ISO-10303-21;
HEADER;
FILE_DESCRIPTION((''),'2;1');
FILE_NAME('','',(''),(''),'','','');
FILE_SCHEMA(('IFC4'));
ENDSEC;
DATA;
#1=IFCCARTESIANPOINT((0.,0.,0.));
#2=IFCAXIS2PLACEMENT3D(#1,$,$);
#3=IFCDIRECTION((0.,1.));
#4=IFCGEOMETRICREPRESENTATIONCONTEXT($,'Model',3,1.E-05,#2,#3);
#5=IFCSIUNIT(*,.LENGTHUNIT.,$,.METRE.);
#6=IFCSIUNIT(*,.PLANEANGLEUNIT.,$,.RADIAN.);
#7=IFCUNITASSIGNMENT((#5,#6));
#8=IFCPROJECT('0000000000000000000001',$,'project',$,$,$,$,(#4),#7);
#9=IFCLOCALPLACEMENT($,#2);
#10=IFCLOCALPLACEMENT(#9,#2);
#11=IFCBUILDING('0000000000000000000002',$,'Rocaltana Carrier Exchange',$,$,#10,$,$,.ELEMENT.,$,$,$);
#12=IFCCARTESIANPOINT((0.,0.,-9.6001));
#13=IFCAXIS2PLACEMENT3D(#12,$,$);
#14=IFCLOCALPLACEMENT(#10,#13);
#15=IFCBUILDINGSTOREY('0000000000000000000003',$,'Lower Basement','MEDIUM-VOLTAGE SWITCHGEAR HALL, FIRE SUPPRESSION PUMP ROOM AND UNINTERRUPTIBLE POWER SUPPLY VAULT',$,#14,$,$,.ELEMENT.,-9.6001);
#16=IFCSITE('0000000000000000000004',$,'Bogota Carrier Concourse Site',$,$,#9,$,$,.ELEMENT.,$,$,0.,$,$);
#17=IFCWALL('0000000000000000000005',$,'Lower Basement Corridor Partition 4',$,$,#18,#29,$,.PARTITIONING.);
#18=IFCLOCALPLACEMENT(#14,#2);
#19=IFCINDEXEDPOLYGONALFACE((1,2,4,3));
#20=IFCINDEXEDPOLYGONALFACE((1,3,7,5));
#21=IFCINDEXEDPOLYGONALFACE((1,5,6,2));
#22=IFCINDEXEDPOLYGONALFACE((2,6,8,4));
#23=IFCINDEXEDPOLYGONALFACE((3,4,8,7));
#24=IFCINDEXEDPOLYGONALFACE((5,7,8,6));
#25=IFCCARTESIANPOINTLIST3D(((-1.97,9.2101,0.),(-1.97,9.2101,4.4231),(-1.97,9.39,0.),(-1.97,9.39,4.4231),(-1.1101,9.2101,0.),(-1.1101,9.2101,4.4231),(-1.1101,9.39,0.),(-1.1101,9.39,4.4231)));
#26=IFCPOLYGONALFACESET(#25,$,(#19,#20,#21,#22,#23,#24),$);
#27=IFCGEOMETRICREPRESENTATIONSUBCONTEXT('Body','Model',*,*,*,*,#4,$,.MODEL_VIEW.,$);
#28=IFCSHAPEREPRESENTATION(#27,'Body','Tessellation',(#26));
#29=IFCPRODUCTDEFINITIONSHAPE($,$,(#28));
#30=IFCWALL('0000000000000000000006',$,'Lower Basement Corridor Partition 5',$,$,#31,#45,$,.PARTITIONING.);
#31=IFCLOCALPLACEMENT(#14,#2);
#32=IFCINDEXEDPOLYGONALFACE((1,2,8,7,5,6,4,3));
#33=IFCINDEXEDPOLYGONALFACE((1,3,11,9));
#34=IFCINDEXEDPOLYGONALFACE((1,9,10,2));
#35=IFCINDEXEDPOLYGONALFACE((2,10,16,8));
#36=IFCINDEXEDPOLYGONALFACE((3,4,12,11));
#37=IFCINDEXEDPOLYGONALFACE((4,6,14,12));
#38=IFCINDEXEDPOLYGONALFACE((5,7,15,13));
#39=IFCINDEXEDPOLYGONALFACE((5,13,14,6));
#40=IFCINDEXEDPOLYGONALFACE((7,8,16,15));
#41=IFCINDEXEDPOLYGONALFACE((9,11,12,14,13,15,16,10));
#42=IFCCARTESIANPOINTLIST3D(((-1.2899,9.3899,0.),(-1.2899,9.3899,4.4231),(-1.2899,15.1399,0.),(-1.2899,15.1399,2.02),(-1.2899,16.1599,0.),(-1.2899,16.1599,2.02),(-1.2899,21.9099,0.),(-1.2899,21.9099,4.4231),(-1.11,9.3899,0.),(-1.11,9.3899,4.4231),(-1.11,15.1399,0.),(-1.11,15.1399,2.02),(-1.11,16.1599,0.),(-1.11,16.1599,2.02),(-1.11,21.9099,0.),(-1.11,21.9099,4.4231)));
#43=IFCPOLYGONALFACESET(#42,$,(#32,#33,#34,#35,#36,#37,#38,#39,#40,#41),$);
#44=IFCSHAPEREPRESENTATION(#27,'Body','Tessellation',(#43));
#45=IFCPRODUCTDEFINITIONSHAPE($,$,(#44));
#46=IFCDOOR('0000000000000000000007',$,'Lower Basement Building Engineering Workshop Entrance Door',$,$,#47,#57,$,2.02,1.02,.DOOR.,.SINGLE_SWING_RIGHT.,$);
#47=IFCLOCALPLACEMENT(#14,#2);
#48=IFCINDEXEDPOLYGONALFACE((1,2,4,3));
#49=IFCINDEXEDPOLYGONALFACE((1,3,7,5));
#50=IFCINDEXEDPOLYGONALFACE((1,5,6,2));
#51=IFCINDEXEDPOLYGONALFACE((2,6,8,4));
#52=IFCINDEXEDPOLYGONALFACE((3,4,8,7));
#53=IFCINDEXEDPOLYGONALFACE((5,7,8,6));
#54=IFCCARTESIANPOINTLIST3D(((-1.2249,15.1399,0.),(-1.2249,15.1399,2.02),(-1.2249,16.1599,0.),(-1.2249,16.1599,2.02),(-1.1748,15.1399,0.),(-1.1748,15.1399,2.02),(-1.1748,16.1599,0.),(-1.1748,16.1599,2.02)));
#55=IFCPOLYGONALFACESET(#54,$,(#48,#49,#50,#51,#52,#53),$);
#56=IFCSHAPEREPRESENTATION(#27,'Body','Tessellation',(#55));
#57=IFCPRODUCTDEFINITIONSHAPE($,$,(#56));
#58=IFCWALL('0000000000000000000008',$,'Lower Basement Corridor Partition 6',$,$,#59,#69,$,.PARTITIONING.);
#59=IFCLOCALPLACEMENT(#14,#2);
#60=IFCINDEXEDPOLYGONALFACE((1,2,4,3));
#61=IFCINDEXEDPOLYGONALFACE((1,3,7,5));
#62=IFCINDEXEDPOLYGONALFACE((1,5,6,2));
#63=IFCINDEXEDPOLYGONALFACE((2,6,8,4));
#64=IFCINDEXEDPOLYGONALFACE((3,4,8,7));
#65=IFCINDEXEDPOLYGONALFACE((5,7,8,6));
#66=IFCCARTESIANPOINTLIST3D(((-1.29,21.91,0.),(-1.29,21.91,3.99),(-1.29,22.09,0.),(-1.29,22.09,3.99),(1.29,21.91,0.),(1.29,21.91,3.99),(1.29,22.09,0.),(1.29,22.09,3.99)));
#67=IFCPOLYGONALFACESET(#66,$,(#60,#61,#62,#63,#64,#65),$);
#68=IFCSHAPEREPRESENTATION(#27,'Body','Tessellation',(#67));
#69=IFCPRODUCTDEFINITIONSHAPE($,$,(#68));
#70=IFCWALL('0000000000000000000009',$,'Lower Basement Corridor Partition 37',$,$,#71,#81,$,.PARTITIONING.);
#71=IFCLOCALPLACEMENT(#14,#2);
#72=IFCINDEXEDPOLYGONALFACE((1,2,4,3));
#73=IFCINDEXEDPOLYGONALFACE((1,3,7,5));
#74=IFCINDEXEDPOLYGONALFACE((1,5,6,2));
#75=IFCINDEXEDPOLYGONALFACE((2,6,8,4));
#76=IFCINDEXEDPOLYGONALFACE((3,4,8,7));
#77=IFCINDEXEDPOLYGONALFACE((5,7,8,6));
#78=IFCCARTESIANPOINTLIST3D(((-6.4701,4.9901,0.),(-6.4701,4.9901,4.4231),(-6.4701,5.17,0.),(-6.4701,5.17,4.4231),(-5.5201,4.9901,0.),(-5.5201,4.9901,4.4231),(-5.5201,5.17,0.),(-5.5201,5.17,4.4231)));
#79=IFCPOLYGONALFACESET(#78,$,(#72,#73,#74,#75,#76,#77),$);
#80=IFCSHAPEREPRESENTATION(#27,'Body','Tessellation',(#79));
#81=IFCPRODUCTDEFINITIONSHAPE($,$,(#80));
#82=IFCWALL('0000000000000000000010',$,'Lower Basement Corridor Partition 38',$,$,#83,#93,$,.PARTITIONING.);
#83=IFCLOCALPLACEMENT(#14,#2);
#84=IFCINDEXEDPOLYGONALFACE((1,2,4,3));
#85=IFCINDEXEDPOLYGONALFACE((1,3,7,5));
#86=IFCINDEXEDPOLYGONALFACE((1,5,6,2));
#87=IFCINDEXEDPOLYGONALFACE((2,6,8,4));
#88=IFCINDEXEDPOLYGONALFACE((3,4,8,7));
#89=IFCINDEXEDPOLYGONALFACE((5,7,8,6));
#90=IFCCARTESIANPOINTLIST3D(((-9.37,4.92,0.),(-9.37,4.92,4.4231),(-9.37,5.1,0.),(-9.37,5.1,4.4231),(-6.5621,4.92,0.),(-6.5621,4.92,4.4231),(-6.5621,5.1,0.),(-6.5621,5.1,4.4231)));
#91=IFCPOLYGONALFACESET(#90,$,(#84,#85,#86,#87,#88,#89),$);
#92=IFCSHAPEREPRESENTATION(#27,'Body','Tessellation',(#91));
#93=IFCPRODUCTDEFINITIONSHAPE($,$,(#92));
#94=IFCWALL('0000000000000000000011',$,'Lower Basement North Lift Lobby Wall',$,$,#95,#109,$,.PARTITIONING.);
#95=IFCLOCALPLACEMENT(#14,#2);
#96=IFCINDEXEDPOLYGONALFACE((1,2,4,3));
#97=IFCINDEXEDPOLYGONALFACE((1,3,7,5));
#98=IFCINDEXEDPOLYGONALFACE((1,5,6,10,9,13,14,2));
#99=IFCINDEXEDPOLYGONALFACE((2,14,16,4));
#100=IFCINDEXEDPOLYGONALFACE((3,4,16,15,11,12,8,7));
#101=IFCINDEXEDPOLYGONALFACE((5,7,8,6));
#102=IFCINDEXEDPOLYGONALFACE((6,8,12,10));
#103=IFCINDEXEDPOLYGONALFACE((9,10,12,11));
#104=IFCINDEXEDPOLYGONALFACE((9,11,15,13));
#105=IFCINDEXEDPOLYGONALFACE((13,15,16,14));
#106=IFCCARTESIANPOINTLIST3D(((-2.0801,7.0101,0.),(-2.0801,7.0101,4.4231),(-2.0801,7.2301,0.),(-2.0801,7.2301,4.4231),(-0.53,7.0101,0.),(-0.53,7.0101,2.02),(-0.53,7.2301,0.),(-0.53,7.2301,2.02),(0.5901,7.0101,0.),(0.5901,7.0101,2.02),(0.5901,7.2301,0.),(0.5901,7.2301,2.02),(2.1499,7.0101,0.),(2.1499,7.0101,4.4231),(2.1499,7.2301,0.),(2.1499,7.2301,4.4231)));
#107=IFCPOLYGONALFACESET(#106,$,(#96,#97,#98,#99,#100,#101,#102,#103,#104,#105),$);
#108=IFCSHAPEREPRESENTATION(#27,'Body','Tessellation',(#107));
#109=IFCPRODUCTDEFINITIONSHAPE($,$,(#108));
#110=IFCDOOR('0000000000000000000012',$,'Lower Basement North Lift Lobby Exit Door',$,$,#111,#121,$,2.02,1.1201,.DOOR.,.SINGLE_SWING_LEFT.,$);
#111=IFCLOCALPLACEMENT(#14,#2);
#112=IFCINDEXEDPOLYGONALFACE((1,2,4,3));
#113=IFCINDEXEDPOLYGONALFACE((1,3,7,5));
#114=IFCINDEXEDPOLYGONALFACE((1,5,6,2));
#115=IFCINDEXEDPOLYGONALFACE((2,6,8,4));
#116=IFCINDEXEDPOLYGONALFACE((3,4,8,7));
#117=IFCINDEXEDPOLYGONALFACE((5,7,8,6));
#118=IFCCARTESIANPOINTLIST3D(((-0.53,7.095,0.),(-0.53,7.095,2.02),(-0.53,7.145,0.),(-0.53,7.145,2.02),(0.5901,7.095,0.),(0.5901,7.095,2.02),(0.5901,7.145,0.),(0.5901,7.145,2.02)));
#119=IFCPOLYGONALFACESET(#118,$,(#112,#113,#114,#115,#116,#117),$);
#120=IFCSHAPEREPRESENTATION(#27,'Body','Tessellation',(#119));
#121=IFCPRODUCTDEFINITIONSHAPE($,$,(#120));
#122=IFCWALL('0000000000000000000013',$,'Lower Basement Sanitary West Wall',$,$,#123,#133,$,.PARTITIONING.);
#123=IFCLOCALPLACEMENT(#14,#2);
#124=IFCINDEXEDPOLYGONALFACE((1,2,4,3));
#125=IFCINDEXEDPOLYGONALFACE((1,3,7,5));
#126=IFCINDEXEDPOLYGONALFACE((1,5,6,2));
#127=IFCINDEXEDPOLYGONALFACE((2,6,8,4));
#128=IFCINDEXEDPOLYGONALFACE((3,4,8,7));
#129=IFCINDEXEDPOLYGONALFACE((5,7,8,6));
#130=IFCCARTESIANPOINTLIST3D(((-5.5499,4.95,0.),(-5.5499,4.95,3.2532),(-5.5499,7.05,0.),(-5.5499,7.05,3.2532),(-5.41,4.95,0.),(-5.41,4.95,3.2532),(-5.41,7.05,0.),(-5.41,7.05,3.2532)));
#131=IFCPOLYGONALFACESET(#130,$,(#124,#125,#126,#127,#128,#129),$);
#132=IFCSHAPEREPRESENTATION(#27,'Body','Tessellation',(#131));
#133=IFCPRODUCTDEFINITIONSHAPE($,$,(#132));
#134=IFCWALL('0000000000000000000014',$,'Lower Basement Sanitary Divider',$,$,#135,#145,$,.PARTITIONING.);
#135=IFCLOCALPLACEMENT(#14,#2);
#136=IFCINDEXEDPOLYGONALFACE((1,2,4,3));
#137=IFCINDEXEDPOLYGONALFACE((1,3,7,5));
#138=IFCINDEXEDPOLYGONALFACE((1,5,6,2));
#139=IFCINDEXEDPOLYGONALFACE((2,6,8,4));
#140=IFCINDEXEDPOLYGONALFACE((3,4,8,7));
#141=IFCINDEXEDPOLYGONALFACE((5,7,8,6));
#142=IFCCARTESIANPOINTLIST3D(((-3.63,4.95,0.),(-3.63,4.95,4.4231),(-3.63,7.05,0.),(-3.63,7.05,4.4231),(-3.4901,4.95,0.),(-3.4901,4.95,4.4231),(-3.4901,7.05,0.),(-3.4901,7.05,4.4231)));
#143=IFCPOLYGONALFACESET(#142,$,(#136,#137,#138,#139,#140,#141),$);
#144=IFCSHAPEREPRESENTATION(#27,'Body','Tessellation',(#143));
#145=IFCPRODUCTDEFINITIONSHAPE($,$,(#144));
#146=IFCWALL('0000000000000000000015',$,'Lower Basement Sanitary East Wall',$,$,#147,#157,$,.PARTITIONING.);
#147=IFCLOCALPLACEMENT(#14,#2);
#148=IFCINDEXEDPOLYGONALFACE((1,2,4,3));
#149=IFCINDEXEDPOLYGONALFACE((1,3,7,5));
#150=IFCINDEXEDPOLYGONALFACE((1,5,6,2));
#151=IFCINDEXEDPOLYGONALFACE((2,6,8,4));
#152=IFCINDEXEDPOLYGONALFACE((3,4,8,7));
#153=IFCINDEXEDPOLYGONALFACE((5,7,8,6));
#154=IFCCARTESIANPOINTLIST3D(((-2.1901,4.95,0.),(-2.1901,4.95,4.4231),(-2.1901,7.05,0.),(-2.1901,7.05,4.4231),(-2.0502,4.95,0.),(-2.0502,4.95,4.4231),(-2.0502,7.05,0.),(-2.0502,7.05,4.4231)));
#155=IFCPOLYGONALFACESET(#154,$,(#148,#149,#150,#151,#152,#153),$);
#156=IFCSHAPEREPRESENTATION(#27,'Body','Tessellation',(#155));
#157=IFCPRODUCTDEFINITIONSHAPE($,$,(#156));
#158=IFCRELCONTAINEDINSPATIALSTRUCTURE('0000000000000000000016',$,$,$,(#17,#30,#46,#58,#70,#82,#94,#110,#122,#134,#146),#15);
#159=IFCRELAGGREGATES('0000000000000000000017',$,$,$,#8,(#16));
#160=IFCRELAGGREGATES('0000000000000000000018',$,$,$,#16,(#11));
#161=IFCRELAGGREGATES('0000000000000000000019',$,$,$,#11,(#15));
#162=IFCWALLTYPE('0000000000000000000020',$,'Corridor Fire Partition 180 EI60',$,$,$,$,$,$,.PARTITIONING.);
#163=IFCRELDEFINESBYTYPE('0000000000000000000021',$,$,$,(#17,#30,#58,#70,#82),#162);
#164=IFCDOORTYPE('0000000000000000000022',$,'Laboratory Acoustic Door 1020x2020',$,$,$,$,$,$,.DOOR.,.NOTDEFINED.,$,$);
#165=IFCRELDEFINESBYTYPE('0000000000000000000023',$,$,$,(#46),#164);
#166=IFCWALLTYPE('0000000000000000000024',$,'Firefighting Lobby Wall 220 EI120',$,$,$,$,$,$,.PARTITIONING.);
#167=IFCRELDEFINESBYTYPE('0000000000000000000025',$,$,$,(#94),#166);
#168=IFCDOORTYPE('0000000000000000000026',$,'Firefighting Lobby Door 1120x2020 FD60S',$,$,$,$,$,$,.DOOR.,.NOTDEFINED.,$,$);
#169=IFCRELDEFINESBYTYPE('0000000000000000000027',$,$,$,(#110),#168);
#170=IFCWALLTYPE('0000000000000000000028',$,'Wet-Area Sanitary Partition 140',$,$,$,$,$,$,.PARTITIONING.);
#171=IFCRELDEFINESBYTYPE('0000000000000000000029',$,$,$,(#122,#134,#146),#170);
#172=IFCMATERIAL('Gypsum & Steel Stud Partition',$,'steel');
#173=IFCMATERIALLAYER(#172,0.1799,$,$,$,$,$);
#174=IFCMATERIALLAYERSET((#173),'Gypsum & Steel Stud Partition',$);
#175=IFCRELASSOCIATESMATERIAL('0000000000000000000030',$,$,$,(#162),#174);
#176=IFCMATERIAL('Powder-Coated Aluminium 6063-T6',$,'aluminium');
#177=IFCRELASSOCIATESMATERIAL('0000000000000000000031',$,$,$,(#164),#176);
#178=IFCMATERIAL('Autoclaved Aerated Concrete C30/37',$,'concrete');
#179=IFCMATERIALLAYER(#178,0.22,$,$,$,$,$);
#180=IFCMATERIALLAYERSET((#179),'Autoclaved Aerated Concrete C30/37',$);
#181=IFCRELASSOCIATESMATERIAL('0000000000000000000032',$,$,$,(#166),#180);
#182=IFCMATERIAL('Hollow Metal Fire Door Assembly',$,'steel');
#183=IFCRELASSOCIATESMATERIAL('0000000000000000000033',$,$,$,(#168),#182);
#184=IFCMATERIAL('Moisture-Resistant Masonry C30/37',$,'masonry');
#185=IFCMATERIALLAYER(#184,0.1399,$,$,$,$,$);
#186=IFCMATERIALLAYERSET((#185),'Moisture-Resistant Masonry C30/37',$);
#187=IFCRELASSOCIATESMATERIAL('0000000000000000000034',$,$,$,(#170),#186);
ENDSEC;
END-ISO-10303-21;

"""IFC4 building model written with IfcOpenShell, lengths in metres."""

from ifc_helpers import new_model, si_unit, direction, frame, frame_2d, origin, place, context, subcontext, project, spatial, rectangle, extrude, material, layer, layer_set, type_object, element, fill, save


model = new_model("IFC4")

# Units and contexts
model_context = context("Model", 3, precision=1e-05, world=origin(), true_north=direction((0.0, 1.0)))
body_context = subcontext(model_context, "Body", "Model", "MODEL_VIEW")
ifc_project = project(units=[si_unit("LENGTHUNIT", "METRE"), si_unit("PLANEANGLEUNIT", "RADIAN")], contexts=[model_context])

# Site, building, storey
site_placement = place(None, origin())
site = spatial("IfcSite", under=ifc_project, at=site_placement, Name="Bogota Carrier Concourse Site", CompositionType="ELEMENT", RefElevation=0.0)
building_placement = place(site_placement, origin())
building = spatial("IfcBuilding", under=site, at=building_placement, Name="Rocaltana Carrier Exchange", CompositionType="ELEMENT")
storey_placement = place(building_placement, frame((0.0, 0.0, -9.6001)))
storey = spatial("IfcBuildingStorey", under=building, at=storey_placement, Name="Lower Basement", Description="MEDIUM-VOLTAGE SWITCHGEAR HALL, FIRE SUPPRESSION PUMP ROOM AND UNINTERRUPTIBLE POWER SUPPLY VAULT", CompositionType="ELEMENT", Elevation=-9.6001)

# Wall
ifc_material_1 = material(Name="Gypsum & Steel Stud Partition", Category="steel")
ifc_layer_1 = layer(ifc_material_1, 0.1799)
ifc_layer_set_1 = layer_set([ifc_layer_1], Name="Gypsum & Steel Stud Partition")
wall_type_1 = type_object("IfcWallType", Name="Corridor Fire Partition 180 EI60", PredefinedType="PARTITIONING", material=ifc_layer_set_1)
wall_1_placement = place(storey_placement, frame((-1.97, 9.3, 0.0), z_axis=(0.0, 0.0, 1.0), x_axis=(1.0, 0.0, 0.0)))
element("IfcWall", 1, at=wall_1_placement, inside=storey, type_object=wall_type_1, Name="Lower Basement Corridor Partition 4", PredefinedType="PARTITIONING", context=body_context, shape_type="SweptSolid", body=[
    extrude(rectangle(XDim=0.8599, YDim=0.1799, at=frame_2d((0.4299, 0.0))), origin(), (0.0, 0.0, 1.0), 4.4231),
])

# Wall, opening, door
wall_2_placement = place(storey_placement, frame((-1.2, 9.3899, 0.0), z_axis=(0.0, 0.0, 1.0), x_axis=(0.0, 1.0, 0.0)))
wall_2 = element("IfcWall", 2, at=wall_2_placement, inside=storey, type_object=wall_type_1, Name="Lower Basement Corridor Partition 5", PredefinedType="PARTITIONING", context=body_context, shape_type="SweptSolid", body=[
    extrude(rectangle(XDim=12.52, YDim=0.1799, at=frame_2d((6.26, 0.0))), origin(), (0.0, 0.0, 1.0), 4.4231),
])
opening_1_placement = place(wall_2_placement, frame((5.75, 0.0, 0.0)))
opening_1 = element("IfcOpeningElement", 3, at=opening_1_placement, cuts=wall_2, PredefinedType="OPENING", context=body_context, shape_type="SweptSolid", body=[
    extrude(rectangle(XDim=1.02, YDim=2.02, at=frame_2d((0.51, 1.01))), frame((0.0, 0.0999, 0.0), z_axis=(0.0, -1.0, 0.0), x_axis=(1.0, 0.0, 0.0)), (0.0, 0.0, 1.0), 0.2),
])
ifc_material_2 = material(Name="Powder-Coated Aluminium 6063-T6", Category="aluminium")
door_type_1 = type_object("IfcDoorType", Name="Laboratory Acoustic Door 1020x2020", OperationType="NOTDEFINED", PredefinedType="DOOR", material=ifc_material_2)
door_1_placement = place(opening_1_placement, origin())
door_1 = element("IfcDoor", 4, at=door_1_placement, inside=storey, type_object=door_type_1, Name="Lower Basement Building Engineering Workshop Entrance Door", OperationType="SINGLE_SWING_RIGHT", OverallHeight=2.02, OverallWidth=1.02, PredefinedType="DOOR", context=body_context, shape_type="SweptSolid", body=[
    extrude(rectangle(XDim=1.02, YDim=2.02, at=frame_2d((0.51, 1.01))), frame((0.0, 0.0249, 0.0), z_axis=(0.0, -1.0, 0.0), x_axis=(1.0, 0.0, 0.0)), (0.0, 0.0, 1.0), 0.05),
])
fill(opening_1, door_1)

# Walls
wall_3_placement = place(storey_placement, frame((-1.29, 22.0, 0.0), z_axis=(0.0, 0.0, 1.0), x_axis=(1.0, 0.0, 0.0)))
element("IfcWall", 5, at=wall_3_placement, inside=storey, type_object=wall_type_1, Name="Lower Basement Corridor Partition 6", PredefinedType="PARTITIONING", context=body_context, shape_type="SweptSolid", body=[
    extrude(rectangle(XDim=2.5801, YDim=0.1799, at=frame_2d((1.29, 0.0))), origin(), (0.0, 0.0, 1.0), 3.99),
])
wall_4_placement = place(storey_placement, frame((-5.52, 5.0801, 0.0), z_axis=(0.0, 0.0, 1.0), x_axis=(-1.0, 0.0, 0.0)))
element("IfcWall", 6, at=wall_4_placement, inside=storey, type_object=wall_type_1, Name="Lower Basement Corridor Partition 37", PredefinedType="PARTITIONING", context=body_context, shape_type="SweptSolid", body=[
    extrude(rectangle(XDim=0.95, YDim=0.1799, at=frame_2d((0.4751, 0.0))), origin(), (0.0, 0.0, 1.0), 4.4231),
])
wall_5_placement = place(storey_placement, frame((-6.5623, 5.01, 0.0), z_axis=(0.0, 0.0, 1.0), x_axis=(-1.0, 0.0, 0.0)))
element("IfcWall", 7, at=wall_5_placement, inside=storey, type_object=wall_type_1, Name="Lower Basement Corridor Partition 38", PredefinedType="PARTITIONING", context=body_context, shape_type="SweptSolid", body=[
    extrude(rectangle(XDim=2.8079, YDim=0.1799, at=frame_2d((1.4038, 0.0))), origin(), (0.0, 0.0, 1.0), 4.4231),
])

# Wall, opening, door
ifc_material_3 = material(Name="Autoclaved Aerated Concrete C30/37", Category="concrete")
ifc_layer_2 = layer(ifc_material_3, 0.22)
ifc_layer_set_2 = layer_set([ifc_layer_2], Name="Autoclaved Aerated Concrete C30/37")
wall_type_2 = type_object("IfcWallType", Name="Firefighting Lobby Wall 220 EI120", PredefinedType="PARTITIONING", material=ifc_layer_set_2)
wall_6_placement = place(storey_placement, frame((-2.0801, 7.1201, 0.0), z_axis=(0.0, 0.0, 1.0), x_axis=(1.0, 0.0, 0.0)))
wall_6 = element("IfcWall", 8, at=wall_6_placement, inside=storey, type_object=wall_type_2, Name="Lower Basement North Lift Lobby Wall", PredefinedType="PARTITIONING", context=body_context, shape_type="SweptSolid", body=[
    extrude(rectangle(XDim=4.23, YDim=0.22, at=frame_2d((2.115, 0.0))), origin(), (0.0, 0.0, 1.0), 4.4231),
])
opening_2_placement = place(wall_6_placement, frame((1.55, 0.0, 0.0)))
opening_2 = element("IfcOpeningElement", 9, at=opening_2_placement, cuts=wall_6, PredefinedType="OPENING", context=body_context, shape_type="SweptSolid", body=[
    extrude(rectangle(XDim=1.1201, YDim=2.02, at=frame_2d((0.5601, 1.01))), frame((0.0, 0.1199, 0.0), z_axis=(0.0, -1.0, 0.0), x_axis=(1.0, 0.0, 0.0)), (0.0, 0.0, 1.0), 0.24),
])
ifc_material_4 = material(Name="Hollow Metal Fire Door Assembly", Category="steel")
door_type_2 = type_object("IfcDoorType", Name="Firefighting Lobby Door 1120x2020 FD60S", OperationType="NOTDEFINED", PredefinedType="DOOR", material=ifc_material_4)
door_2_placement = place(opening_2_placement, origin())
door_2 = element("IfcDoor", 10, at=door_2_placement, inside=storey, type_object=door_type_2, Name="Lower Basement North Lift Lobby Exit Door", OperationType="SINGLE_SWING_LEFT", OverallHeight=2.02, OverallWidth=1.1201, PredefinedType="DOOR", context=body_context, shape_type="SweptSolid", body=[
    extrude(rectangle(XDim=1.1201, YDim=2.02, at=frame_2d((0.5601, 1.01))), frame((0.0, 0.0249, 0.0), z_axis=(0.0, -1.0, 0.0), x_axis=(1.0, 0.0, 0.0)), (0.0, 0.0, 1.0), 0.05),
])
fill(opening_2, door_2)

# Walls
ifc_material_5 = material(Name="Moisture-Resistant Masonry C30/37", Category="masonry")
ifc_layer_3 = layer(ifc_material_5, 0.1399)
ifc_layer_set_3 = layer_set([ifc_layer_3], Name="Moisture-Resistant Masonry C30/37")
wall_type_3 = type_object("IfcWallType", Name="Wet-Area Sanitary Partition 140", PredefinedType="PARTITIONING", material=ifc_layer_set_3)
wall_7_placement = place(storey_placement, frame((-5.48, 4.95, 0.0), z_axis=(0.0, 0.0, 1.0), x_axis=(0.0, 1.0, 0.0)))
element("IfcWall", 11, at=wall_7_placement, inside=storey, type_object=wall_type_3, Name="Lower Basement Sanitary West Wall", PredefinedType="PARTITIONING", context=body_context, shape_type="SweptSolid", body=[
    extrude(rectangle(XDim=2.1001, YDim=0.1399, at=frame_2d((1.05, 0.0))), origin(), (0.0, 0.0, 1.0), 3.2532),
])
for number, where, z_axis, x_axis, name in (
    (12, (-3.5601, 4.95, 0.0), (0.0, 0.0, 1.0), (0.0, 1.0, 0.0), "Lower Basement Sanitary Divider"),
    (13, (-2.1201, 4.95, 0.0), (0.0, 0.0, 1.0), (0.0, 1.0, 0.0), "Lower Basement Sanitary East Wall"),
):
    element("IfcWall", number, at=place(storey_placement, frame(where, z_axis=z_axis, x_axis=x_axis)), inside=storey, type_object=wall_type_3, Name=name, PredefinedType="PARTITIONING", context=body_context, shape_type="SweptSolid", body=[
        extrude(rectangle(XDim=2.1001, YDim=0.1399, at=frame_2d((1.05, 0.0))), origin(), (0.0, 0.0, 1.0), 4.4231),
    ])

save(model, "model.ifc")
